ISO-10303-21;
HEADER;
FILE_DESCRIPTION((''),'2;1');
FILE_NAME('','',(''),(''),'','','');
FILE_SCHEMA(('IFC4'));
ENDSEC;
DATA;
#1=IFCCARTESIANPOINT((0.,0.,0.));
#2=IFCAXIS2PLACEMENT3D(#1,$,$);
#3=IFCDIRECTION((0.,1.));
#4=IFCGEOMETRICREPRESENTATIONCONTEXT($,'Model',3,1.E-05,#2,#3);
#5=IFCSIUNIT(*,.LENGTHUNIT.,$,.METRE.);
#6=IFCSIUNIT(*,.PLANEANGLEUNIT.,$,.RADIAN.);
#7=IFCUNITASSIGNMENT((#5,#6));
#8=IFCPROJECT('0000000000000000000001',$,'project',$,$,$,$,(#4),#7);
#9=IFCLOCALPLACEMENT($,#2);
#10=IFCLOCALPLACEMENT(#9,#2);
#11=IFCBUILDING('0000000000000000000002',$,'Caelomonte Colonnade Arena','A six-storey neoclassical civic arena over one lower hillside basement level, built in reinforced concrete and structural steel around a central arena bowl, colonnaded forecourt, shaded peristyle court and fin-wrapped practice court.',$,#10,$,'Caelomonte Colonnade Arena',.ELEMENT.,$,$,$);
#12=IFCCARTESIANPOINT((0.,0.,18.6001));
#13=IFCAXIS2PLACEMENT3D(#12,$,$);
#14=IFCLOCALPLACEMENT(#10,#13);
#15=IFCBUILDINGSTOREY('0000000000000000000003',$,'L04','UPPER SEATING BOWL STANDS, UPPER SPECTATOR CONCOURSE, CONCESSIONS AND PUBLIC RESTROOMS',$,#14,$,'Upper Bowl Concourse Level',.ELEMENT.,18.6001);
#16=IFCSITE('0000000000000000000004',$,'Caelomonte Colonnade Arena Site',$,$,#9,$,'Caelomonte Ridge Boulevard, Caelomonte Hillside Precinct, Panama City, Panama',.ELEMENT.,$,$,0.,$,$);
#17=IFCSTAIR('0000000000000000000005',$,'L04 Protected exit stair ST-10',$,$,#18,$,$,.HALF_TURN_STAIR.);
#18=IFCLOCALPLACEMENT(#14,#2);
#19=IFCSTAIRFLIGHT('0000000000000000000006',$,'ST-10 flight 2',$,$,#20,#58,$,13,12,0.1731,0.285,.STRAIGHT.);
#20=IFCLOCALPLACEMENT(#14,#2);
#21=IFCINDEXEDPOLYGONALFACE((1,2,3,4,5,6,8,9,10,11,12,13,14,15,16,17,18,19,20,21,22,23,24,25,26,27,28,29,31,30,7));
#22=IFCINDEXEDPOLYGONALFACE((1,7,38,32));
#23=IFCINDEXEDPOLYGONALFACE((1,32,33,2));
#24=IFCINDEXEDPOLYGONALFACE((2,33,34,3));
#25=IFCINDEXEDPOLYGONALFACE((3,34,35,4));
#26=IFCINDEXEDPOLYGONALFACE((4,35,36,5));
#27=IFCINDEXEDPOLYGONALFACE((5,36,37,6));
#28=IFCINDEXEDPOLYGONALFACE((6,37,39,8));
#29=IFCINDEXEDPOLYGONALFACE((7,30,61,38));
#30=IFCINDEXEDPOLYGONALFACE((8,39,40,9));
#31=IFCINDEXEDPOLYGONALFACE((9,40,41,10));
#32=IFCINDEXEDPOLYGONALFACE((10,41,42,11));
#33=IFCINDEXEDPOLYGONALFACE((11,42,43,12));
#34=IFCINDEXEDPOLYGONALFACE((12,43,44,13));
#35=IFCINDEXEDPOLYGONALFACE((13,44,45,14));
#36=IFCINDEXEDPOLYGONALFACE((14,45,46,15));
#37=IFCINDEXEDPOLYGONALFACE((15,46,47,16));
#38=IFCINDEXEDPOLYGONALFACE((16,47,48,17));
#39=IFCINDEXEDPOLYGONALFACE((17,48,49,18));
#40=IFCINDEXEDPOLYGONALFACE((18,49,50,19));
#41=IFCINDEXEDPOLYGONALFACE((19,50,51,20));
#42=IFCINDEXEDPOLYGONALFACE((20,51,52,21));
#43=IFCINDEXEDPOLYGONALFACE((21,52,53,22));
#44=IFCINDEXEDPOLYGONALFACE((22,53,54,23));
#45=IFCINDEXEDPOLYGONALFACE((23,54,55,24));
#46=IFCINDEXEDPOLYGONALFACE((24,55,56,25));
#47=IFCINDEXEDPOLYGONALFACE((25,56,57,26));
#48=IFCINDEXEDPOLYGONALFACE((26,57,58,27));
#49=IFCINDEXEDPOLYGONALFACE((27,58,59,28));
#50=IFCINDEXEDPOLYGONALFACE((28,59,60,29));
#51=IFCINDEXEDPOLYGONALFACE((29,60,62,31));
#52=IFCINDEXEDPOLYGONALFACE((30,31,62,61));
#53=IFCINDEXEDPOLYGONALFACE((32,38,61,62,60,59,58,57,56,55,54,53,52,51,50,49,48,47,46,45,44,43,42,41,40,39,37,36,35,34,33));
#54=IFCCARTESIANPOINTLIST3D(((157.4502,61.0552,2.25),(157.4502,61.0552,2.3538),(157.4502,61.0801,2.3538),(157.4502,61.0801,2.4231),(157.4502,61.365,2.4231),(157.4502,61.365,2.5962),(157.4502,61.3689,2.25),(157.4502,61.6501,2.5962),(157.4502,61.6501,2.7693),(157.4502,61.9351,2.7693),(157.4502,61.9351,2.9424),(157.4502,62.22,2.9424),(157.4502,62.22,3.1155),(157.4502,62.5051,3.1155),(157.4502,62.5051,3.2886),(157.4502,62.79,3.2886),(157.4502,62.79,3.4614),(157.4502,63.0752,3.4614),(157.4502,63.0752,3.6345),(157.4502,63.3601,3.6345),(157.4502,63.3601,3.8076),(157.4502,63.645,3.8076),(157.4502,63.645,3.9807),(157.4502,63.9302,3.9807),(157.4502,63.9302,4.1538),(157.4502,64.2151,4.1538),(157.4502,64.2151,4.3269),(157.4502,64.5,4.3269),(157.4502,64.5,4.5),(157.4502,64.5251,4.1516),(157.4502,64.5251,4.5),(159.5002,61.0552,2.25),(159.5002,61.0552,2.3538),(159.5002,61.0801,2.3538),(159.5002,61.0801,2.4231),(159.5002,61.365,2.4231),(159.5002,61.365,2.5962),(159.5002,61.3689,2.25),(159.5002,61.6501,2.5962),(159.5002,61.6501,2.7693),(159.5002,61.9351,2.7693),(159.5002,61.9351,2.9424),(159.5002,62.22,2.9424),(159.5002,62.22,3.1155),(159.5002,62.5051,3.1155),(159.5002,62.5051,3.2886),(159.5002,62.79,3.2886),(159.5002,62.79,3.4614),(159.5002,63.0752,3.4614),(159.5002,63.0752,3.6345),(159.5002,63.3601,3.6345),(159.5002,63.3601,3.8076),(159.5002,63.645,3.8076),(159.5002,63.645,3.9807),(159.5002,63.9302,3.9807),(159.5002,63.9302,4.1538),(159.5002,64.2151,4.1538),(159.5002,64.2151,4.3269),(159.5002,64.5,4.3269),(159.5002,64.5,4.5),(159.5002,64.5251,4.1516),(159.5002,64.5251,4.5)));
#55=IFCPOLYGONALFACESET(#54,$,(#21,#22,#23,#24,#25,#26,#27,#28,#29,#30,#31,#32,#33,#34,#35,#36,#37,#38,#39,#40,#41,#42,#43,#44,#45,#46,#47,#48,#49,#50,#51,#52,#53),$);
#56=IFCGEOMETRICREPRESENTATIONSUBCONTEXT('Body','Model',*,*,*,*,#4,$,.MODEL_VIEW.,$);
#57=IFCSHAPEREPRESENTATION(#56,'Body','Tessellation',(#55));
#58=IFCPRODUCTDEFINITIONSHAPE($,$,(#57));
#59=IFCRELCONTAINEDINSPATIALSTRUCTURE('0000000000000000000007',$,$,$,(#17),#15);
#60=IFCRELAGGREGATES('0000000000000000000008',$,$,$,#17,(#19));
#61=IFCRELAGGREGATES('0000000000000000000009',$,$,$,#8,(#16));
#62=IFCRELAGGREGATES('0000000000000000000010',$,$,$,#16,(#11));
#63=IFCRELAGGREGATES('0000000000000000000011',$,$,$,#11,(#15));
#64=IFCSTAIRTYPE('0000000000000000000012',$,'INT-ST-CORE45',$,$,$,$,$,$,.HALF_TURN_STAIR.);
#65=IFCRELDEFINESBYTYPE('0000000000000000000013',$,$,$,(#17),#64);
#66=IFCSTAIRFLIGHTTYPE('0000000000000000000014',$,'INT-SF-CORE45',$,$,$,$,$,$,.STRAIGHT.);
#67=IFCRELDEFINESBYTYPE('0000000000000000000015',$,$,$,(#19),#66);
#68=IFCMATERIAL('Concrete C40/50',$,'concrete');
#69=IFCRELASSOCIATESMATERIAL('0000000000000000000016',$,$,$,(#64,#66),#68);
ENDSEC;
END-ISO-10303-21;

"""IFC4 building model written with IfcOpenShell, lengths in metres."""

from ifc_helpers import new_model, si_unit, direction, frame, origin, place, context, subcontext, project, spatial, polyline, outline, extrude, material, type_object, element, aggregate, save


model = new_model("IFC4")

# Units and contexts
model_context = context("Model", 3, precision=1e-05, world=origin(), true_north=direction((0.0, 1.0)))
body_context = subcontext(model_context, "Body", "Model", "MODEL_VIEW")
ifc_project = project(units=[si_unit("LENGTHUNIT", "METRE"), si_unit("PLANEANGLEUNIT", "RADIAN")], contexts=[model_context])

# Site, building, storey
site_placement = place(None, origin())
site = spatial("IfcSite", under=ifc_project, at=site_placement, Name="Caelomonte Colonnade Arena Site", LongName="Caelomonte Ridge Boulevard, Caelomonte Hillside Precinct, Panama City, Panama", CompositionType="ELEMENT", RefElevation=0.0)
building_placement = place(site_placement, origin())
building = spatial("IfcBuilding", under=site, at=building_placement, Name="Caelomonte Colonnade Arena", Description="A six-storey neoclassical civic arena over one lower hillside basement level, built in reinforced concrete and structural steel around a central arena bowl, colonnaded forecourt, shaded peristyle court and fin-wrapped practice court.", LongName="Caelomonte Colonnade Arena", CompositionType="ELEMENT")
storey_placement = place(building_placement, frame((0.0, 0.0, 18.6001)))
storey = spatial("IfcBuildingStorey", under=building, at=storey_placement, Name="L04", Description="UPPER SEATING BOWL STANDS, UPPER SPECTATOR CONCOURSE, CONCESSIONS AND PUBLIC RESTROOMS", LongName="Upper Bowl Concourse Level", CompositionType="ELEMENT", Elevation=18.6001)

# Shared definitions
ifc_material_1 = material(Name="Concrete C40/50", Category="concrete")

# Stair, stair flight
stair_type = type_object("IfcStairType", Name="INT-ST-CORE45", PredefinedType="HALF_TURN_STAIR", material=ifc_material_1)
stair_placement = place(storey_placement, origin())
stair = element("IfcStair", 1, at=stair_placement, inside=storey, type_object=stair_type, Name="L04 Protected exit stair ST-10", PredefinedType="HALF_TURN_STAIR")
stair_flight_type = type_object("IfcStairFlightType", Name="INT-SF-CORE45", PredefinedType="STRAIGHT", material=ifc_material_1)
stair_flight_1_placement = place(storey_placement, frame((158.4751, 61.0801, 2.25), z_axis=(0.0, 0.0, 1.0), x_axis=(0.0, 1.0, 0.0)))
stair_flight_1 = element("IfcStairFlight", 2, at=stair_flight_1_placement, type_object=stair_flight_type, Name="ST-10 flight 2", NumberOfRisers=13, NumberOfTreads=12, PredefinedType="STRAIGHT", RiserHeight=0.1731, TreadLength=0.285, context=body_context, shape_type="SweptSolid", body=[
    extrude(outline(polyline([(-0.0249, 0.0), (-0.0249, 0.1038), (0.0, 0.1038), (0.0, 0.1731), (0.2849, 0.1731), (0.2849, 0.3462), (0.5701, 0.3462), (0.5701, 0.5193), (0.855, 0.5193), (0.855, 0.6924), (1.1399, 0.6924), (1.1399, 0.8655), (1.425, 0.8655), (1.425, 1.0386), (1.71, 1.0386), (1.71, 1.2114), (1.9951, 1.2114), (1.9951, 1.3845), (2.28, 1.3845), (2.28, 1.5576), (2.5649, 1.5576), (2.5649, 1.7307), (2.8501, 1.7307), (2.8501, 1.9038), (3.135, 1.9038), (3.135, 2.0769), (3.4199, 2.0769), (3.4199, 2.25), (3.4451, 2.25), (3.4451, 1.9016), (0.2888, 0.0), (-0.0249, 0.0)])), frame((0.0, 1.0249, 0.0), z_axis=(0.0, -1.0, 0.0), x_axis=(1.0, 0.0, 0.0)), (0.0, 0.0, 1.0), 2.05),
])
aggregate(stair, [stair_flight_1])

save(model, "model.ifc")
